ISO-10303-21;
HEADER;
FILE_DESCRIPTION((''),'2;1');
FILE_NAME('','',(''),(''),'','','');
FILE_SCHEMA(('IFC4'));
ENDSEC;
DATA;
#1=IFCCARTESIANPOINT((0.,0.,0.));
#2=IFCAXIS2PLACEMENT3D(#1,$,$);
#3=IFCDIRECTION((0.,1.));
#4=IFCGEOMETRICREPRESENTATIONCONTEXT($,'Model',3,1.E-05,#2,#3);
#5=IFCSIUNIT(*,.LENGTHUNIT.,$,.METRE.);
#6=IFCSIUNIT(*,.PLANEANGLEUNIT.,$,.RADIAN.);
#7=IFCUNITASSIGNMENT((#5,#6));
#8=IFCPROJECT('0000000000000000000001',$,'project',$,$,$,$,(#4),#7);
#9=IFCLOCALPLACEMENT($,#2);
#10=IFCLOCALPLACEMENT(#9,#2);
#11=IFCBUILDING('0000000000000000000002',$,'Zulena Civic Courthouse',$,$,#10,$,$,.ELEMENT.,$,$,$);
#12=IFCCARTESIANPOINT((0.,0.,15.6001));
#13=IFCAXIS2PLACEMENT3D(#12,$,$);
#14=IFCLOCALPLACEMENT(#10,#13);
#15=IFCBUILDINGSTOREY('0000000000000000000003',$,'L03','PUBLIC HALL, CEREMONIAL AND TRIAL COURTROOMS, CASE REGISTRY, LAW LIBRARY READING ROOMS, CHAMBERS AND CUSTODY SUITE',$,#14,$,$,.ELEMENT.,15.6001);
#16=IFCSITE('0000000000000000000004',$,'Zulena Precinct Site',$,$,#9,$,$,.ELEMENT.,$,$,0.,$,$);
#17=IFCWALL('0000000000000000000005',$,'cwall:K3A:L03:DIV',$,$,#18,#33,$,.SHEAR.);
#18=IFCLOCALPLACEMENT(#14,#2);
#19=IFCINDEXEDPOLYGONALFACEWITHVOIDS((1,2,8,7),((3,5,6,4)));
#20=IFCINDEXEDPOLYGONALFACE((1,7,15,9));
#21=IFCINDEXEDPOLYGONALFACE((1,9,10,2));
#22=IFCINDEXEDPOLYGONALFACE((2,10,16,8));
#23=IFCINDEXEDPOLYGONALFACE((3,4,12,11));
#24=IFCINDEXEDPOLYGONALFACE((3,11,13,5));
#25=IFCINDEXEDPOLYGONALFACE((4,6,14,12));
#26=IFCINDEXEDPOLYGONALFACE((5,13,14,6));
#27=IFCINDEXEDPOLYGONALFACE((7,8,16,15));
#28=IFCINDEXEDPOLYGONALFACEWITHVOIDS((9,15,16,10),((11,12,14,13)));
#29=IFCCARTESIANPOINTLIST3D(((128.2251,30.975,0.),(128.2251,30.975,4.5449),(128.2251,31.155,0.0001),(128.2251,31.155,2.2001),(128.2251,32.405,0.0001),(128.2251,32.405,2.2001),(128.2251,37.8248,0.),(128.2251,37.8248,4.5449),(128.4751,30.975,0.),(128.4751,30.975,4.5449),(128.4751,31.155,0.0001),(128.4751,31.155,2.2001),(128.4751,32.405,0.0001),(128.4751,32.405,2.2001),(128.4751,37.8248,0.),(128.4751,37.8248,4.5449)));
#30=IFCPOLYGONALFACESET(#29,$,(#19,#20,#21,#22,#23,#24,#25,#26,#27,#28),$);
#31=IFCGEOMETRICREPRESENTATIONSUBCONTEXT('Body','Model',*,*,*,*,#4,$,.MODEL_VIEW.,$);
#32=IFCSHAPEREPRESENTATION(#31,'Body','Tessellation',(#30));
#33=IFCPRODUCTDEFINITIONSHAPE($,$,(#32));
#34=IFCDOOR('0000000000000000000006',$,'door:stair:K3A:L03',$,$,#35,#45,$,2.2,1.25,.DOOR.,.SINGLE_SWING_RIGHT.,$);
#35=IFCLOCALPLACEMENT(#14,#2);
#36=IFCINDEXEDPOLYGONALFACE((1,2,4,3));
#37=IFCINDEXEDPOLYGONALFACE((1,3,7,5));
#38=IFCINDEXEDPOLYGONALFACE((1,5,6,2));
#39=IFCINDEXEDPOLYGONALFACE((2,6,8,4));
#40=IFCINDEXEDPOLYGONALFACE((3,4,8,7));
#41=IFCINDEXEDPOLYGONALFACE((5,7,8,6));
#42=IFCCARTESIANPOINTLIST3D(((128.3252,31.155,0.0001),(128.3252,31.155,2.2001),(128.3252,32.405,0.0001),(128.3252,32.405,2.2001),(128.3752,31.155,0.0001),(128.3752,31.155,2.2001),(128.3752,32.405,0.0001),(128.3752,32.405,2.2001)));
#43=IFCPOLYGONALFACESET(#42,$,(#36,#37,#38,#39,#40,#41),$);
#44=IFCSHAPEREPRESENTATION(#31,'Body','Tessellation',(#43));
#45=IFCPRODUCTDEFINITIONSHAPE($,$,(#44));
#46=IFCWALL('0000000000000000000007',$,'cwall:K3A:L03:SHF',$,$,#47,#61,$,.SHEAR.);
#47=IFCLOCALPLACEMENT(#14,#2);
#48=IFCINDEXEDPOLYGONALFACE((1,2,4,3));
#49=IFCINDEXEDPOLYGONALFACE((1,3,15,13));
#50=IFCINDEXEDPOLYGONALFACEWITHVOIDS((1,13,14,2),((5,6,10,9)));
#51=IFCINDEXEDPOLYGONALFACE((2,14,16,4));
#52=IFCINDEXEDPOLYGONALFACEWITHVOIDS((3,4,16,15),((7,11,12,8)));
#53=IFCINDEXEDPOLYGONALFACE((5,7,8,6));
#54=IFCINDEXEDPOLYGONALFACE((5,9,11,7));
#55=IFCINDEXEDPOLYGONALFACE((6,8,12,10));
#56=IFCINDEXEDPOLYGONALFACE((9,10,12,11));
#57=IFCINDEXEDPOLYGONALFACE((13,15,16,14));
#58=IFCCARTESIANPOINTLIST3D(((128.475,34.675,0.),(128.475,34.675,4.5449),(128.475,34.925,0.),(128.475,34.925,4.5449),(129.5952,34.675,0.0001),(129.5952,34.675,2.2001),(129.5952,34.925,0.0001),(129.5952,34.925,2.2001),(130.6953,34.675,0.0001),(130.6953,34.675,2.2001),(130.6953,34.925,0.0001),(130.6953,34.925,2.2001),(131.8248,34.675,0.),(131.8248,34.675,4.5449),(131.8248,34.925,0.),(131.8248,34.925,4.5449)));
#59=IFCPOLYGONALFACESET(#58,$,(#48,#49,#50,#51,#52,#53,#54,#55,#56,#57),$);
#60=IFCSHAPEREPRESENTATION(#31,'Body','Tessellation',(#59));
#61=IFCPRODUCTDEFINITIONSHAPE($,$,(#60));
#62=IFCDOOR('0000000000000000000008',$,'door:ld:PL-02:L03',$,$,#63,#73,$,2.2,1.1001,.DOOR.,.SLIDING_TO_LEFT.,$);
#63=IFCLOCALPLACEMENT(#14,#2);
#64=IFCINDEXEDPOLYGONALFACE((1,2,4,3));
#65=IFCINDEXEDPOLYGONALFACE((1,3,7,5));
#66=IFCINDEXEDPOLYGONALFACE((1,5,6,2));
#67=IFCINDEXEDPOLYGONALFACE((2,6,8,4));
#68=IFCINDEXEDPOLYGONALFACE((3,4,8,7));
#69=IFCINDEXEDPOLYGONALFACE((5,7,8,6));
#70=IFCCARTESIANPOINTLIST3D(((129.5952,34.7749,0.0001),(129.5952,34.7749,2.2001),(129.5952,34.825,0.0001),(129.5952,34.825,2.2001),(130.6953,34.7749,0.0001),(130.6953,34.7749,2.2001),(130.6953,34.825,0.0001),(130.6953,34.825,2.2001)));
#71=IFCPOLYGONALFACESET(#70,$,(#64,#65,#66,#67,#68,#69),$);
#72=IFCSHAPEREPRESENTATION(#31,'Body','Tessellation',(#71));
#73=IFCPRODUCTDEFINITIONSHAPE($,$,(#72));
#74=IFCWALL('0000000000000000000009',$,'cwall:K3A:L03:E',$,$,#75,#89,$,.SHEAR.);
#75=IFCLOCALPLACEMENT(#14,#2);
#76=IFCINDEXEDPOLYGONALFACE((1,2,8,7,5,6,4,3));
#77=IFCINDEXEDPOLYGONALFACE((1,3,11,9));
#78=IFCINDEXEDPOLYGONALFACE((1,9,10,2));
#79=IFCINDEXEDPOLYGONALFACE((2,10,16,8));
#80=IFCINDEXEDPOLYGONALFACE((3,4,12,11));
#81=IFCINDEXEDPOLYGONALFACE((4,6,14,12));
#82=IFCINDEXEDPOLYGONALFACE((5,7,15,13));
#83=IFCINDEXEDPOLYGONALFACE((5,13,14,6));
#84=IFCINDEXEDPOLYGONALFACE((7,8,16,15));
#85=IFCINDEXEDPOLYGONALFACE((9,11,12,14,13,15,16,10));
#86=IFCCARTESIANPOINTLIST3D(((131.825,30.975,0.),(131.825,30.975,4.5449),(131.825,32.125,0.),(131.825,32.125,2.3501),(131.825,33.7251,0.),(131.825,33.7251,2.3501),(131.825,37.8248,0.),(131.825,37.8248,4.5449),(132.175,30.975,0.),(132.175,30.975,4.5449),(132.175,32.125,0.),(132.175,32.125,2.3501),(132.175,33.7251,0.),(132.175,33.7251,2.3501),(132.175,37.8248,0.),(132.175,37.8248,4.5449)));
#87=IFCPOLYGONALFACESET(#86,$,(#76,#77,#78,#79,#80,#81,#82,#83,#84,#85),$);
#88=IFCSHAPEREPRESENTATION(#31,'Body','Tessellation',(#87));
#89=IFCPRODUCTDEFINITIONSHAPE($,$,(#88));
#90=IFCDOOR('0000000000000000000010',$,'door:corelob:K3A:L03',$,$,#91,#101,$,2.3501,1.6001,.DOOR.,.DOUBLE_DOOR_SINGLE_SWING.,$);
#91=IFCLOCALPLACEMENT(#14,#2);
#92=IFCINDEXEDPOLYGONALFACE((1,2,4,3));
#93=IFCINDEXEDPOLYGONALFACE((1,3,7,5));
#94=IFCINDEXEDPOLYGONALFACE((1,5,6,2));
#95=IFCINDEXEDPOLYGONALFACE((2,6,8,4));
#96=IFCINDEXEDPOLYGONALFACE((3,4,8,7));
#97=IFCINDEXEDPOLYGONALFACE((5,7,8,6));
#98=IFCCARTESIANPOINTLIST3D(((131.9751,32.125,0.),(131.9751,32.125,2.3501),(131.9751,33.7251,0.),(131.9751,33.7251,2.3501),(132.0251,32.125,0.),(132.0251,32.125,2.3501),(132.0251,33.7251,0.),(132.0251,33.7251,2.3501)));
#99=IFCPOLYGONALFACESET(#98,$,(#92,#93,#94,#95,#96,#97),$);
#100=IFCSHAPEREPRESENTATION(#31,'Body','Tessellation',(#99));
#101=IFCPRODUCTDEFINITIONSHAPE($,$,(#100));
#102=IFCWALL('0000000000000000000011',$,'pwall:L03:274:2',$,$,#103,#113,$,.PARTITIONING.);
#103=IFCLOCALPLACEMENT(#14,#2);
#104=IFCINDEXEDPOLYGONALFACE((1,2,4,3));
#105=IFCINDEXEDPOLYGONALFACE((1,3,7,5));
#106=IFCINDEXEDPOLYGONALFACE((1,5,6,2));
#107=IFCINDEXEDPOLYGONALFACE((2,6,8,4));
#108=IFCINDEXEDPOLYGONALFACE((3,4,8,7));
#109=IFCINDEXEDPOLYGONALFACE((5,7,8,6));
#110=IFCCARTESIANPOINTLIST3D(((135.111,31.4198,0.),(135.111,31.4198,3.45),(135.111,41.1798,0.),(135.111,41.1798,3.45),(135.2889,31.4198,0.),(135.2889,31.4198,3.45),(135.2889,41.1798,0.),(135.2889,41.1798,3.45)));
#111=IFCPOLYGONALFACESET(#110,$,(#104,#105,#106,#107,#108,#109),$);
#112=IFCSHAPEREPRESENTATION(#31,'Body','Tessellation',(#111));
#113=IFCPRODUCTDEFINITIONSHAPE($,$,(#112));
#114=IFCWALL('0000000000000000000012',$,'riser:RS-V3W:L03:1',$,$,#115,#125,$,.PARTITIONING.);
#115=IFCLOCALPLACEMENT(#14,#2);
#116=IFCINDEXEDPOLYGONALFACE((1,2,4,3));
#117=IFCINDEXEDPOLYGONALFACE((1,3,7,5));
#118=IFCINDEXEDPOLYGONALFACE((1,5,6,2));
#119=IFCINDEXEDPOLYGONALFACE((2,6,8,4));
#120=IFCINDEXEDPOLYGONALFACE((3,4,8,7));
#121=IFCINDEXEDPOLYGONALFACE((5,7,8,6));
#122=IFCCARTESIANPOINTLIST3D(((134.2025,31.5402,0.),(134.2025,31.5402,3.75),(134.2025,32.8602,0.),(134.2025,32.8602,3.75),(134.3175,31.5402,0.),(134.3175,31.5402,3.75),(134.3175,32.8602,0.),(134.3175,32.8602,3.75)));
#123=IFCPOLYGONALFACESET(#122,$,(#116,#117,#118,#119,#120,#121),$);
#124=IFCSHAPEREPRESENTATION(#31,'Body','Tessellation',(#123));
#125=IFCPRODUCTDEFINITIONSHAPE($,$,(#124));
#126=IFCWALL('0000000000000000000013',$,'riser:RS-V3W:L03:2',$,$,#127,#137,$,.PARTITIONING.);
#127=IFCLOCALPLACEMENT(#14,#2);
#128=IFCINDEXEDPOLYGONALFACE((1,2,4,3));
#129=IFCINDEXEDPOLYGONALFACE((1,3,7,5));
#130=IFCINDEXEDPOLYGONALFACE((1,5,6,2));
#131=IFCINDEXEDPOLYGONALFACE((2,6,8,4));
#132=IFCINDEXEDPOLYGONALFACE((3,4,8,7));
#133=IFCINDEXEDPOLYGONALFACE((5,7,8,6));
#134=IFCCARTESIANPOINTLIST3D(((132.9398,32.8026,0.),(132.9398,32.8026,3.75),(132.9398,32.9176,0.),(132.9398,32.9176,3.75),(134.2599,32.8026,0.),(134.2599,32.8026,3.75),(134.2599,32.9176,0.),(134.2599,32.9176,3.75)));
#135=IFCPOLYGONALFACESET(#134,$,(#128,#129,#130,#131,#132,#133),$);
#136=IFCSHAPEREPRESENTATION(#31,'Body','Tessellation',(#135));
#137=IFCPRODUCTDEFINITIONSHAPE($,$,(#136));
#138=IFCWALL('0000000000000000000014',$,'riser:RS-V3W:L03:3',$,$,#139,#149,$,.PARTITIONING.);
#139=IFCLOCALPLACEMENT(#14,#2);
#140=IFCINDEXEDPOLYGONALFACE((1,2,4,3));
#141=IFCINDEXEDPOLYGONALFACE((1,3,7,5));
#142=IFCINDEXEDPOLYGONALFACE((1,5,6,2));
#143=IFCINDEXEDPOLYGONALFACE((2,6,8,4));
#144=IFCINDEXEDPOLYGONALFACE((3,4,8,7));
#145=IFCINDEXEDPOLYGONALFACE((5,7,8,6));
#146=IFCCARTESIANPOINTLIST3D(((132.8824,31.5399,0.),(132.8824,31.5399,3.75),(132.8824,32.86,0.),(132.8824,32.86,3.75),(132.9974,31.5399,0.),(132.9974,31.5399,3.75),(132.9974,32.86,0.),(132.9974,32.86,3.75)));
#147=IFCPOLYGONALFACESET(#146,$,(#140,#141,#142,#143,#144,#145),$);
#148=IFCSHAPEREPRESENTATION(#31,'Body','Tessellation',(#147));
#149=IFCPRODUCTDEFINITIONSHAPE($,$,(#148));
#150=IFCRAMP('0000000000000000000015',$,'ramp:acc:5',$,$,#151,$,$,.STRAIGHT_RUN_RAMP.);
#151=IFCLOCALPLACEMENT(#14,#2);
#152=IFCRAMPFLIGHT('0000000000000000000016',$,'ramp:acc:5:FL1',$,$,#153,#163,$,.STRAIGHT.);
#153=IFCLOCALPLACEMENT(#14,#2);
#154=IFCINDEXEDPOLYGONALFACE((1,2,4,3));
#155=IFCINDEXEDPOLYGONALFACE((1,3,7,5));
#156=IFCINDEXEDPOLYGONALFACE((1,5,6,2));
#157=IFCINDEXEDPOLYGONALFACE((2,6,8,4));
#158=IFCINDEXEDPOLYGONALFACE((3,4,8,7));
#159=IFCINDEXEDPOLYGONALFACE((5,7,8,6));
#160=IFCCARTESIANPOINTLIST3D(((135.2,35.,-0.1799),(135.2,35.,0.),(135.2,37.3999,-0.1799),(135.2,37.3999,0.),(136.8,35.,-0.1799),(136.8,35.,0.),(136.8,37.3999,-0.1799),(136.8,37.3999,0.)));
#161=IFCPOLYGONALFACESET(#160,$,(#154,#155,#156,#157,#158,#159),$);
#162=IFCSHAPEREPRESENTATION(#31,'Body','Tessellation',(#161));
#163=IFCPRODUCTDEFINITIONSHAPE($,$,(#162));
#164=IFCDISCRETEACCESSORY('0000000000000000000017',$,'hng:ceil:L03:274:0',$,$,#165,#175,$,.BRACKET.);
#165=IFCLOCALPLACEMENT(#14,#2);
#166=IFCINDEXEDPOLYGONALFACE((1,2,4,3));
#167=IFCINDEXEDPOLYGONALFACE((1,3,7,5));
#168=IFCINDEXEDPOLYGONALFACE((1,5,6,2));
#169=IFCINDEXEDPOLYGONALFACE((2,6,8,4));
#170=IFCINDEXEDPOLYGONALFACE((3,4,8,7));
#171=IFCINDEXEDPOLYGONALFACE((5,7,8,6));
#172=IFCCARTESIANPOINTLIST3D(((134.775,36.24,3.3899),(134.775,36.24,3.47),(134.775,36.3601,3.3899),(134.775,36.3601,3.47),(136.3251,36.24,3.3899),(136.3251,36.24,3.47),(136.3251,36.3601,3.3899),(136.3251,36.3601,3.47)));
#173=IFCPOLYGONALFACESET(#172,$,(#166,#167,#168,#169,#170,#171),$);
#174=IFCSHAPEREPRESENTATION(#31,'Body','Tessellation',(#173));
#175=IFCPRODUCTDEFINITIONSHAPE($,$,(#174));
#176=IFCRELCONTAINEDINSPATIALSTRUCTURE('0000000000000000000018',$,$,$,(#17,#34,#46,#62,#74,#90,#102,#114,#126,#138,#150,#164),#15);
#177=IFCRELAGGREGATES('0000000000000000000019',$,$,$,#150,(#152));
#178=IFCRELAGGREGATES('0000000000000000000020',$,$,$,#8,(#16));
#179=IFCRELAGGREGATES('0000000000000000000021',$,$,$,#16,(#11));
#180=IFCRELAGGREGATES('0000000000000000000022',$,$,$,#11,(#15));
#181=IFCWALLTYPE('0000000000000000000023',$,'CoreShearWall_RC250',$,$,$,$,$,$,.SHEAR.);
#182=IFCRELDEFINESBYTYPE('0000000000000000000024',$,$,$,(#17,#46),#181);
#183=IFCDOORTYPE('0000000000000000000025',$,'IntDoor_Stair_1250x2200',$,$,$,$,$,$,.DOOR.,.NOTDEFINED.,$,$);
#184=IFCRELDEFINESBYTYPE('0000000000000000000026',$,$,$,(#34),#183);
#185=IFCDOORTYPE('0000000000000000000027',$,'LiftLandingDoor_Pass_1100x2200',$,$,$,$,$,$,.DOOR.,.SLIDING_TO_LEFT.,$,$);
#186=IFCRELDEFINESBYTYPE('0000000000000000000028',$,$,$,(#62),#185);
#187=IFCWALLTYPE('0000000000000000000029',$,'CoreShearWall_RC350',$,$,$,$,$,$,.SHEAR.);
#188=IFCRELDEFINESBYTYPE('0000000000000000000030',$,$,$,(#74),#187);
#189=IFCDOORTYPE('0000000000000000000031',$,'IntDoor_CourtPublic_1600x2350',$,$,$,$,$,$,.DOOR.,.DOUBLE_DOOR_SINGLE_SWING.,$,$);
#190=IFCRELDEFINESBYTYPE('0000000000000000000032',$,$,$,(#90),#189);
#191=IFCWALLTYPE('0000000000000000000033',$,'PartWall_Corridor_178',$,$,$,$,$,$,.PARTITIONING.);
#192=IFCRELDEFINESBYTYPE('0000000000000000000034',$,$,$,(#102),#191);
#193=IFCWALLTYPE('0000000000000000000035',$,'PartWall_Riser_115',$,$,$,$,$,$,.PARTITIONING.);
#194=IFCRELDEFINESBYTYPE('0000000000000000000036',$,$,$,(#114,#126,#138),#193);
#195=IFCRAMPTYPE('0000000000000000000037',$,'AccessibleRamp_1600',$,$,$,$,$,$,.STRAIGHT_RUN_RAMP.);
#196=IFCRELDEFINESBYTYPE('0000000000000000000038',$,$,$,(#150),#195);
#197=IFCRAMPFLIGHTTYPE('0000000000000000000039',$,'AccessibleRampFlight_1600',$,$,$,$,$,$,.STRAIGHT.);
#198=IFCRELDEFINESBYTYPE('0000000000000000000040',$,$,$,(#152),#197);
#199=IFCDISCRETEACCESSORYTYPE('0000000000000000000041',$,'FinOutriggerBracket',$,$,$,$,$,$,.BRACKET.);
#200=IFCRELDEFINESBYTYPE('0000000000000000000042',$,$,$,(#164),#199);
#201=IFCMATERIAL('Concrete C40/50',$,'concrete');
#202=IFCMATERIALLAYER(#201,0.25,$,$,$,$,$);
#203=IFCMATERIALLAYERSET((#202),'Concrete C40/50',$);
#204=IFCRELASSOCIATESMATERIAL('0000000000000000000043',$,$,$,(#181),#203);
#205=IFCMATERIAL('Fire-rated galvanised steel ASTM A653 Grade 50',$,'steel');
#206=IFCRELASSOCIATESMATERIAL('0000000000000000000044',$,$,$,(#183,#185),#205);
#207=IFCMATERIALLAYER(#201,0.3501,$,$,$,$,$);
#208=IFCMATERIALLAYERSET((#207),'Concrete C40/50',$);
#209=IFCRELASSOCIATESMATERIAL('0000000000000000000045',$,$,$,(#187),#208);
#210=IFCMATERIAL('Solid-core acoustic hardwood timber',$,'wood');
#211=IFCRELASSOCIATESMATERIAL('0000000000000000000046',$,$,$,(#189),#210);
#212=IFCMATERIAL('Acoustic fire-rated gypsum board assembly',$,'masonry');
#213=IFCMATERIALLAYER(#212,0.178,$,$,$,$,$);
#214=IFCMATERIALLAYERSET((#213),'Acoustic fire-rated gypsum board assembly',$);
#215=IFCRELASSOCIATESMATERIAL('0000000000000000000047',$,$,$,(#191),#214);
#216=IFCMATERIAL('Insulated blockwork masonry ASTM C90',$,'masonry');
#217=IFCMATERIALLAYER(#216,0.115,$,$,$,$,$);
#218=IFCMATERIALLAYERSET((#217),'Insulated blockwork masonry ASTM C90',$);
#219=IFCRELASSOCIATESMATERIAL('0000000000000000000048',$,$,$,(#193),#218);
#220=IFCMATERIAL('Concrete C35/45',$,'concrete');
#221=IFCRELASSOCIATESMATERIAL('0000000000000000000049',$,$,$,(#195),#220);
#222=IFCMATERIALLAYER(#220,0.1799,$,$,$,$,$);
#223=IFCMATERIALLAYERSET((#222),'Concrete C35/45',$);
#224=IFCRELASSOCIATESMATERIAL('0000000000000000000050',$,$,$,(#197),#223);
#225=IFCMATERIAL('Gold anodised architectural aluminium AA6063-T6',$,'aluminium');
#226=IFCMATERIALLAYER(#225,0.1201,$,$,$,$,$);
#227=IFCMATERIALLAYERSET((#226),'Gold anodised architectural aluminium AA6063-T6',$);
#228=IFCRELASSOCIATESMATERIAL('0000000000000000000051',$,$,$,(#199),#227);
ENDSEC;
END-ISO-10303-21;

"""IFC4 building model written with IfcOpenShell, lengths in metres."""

from ifc_helpers import new_model, si_unit, direction, frame, frame_2d, origin, origin_2d, place, context, subcontext, project, spatial, polyline, rectangle, outline, extrude, material, layer, layer_set, type_object, element, fill, aggregate, save


model = new_model("IFC4")

# Units and contexts
model_context = context("Model", 3, precision=1e-05, world=origin(), true_north=direction((0.0, 1.0)))
body_context = subcontext(model_context, "Body", "Model", "MODEL_VIEW")
ifc_project = project(units=[si_unit("LENGTHUNIT", "METRE"), si_unit("PLANEANGLEUNIT", "RADIAN")], contexts=[model_context])

# Site, building, storey
site_placement = place(None, origin())
site = spatial("IfcSite", under=ifc_project, at=site_placement, Name="Zulena Precinct Site", CompositionType="ELEMENT", RefElevation=0.0)
building_placement = place(site_placement, origin())
building = spatial("IfcBuilding", under=site, at=building_placement, Name="Zulena Civic Courthouse", CompositionType="ELEMENT")
storey_placement = place(building_placement, frame((0.0, 0.0, 15.6001)))
storey = spatial("IfcBuildingStorey", under=building, at=storey_placement, Name="L03", Description="PUBLIC HALL, CEREMONIAL AND TRIAL COURTROOMS, CASE REGISTRY, LAW LIBRARY READING ROOMS, CHAMBERS AND CUSTODY SUITE", CompositionType="ELEMENT", Elevation=15.6001)

# Walls, openings, doors
ifc_material_1 = material(Name="Concrete C40/50", Category="concrete")
ifc_layer_1 = layer(ifc_material_1, 0.25)
ifc_layer_set_1 = layer_set([ifc_layer_1], Name="Concrete C40/50")
wall_type_1 = type_object("IfcWallType", Name="CoreShearWall_RC250", PredefinedType="SHEAR", material=ifc_layer_set_1)
wall_1_placement = place(storey_placement, frame((128.3501, 30.9751, 0.0), z_axis=(0.0, 0.0, 1.0), x_axis=(0.0, 1.0, 0.0)))
wall_1 = element("IfcWall", 1, at=wall_1_placement, inside=storey, type_object=wall_type_1, Name="cwall:K3A:L03:DIV", PredefinedType="SHEAR", context=body_context, shape_type="SweptSolid", body=[
    extrude(rectangle(XDim=6.8499, YDim=0.25, at=frame_2d((3.4248, 0.0))), origin(), (0.0, 0.0, 1.0), 4.5449),
])
opening_1_placement = place(wall_1_placement, frame((0.1799, 0.0, 0.0)))
opening_1 = element("IfcOpeningElement", 2, at=opening_1_placement, cuts=wall_1, PredefinedType="OPENING", context=body_context, shape_type="SweptSolid", body=[
    extrude(rectangle(XDim=1.25, YDim=2.2, at=frame_2d((0.625, 1.1001))), frame((0.0, 0.135, 0.0), z_axis=(0.0, -1.0, 0.0), x_axis=(1.0, 0.0, 0.0)), (0.0, 0.0, 1.0), 0.27),
])
ifc_material_2 = material(Name="Fire-rated galvanised steel ASTM A653 Grade 50", Category="steel")
door_type_1 = type_object("IfcDoorType", Name="IntDoor_Stair_1250x2200", OperationType="NOTDEFINED", PredefinedType="DOOR", material=ifc_material_2)
door_1_placement = place(opening_1_placement, origin())
door_1 = element("IfcDoor", 3, at=door_1_placement, inside=storey, type_object=door_type_1, Name="door:stair:K3A:L03", OperationType="SINGLE_SWING_RIGHT", OverallHeight=2.2, OverallWidth=1.25, PredefinedType="DOOR", context=body_context, shape_type="SweptSolid", body=[
    extrude(rectangle(XDim=1.25, YDim=2.2, at=frame_2d((0.625, 1.1001))), frame((0.0, 0.0249, 0.0), z_axis=(0.0, -1.0, 0.0), x_axis=(1.0, 0.0, 0.0)), (0.0, 0.0, 1.0), 0.05),
])
fill(opening_1, door_1)
wall_2_placement = place(storey_placement, frame((128.4751, 34.8, 0.0), z_axis=(0.0, 0.0, 1.0), x_axis=(1.0, 0.0, 0.0)))
wall_2 = element("IfcWall", 4, at=wall_2_placement, inside=storey, type_object=wall_type_1, Name="cwall:K3A:L03:SHF", PredefinedType="SHEAR", context=body_context, shape_type="SweptSolid", body=[
    extrude(rectangle(XDim=3.3499, YDim=0.25, at=frame_2d((1.6748, 0.0))), origin(), (0.0, 0.0, 1.0), 4.5449),
])
opening_2_placement = place(wall_2_placement, frame((1.1201, 0.0, 0.0)))
opening_2 = element("IfcOpeningElement", 5, at=opening_2_placement, cuts=wall_2, PredefinedType="OPENING", context=body_context, shape_type="SweptSolid", body=[
    extrude(rectangle(XDim=1.1001, YDim=2.2, at=frame_2d((0.55, 1.1001))), frame((0.0, 0.135, 0.0), z_axis=(0.0, -1.0, 0.0), x_axis=(1.0, 0.0, 0.0)), (0.0, 0.0, 1.0), 0.27),
])
door_type_2 = type_object("IfcDoorType", Name="LiftLandingDoor_Pass_1100x2200", OperationType="SLIDING_TO_LEFT", PredefinedType="DOOR", material=ifc_material_2)
door_2_placement = place(opening_2_placement, origin())
door_2 = element("IfcDoor", 6, at=door_2_placement, inside=storey, type_object=door_type_2, Name="door:ld:PL-02:L03", OperationType="SLIDING_TO_LEFT", OverallHeight=2.2, OverallWidth=1.1001, PredefinedType="DOOR", context=body_context, shape_type="SweptSolid", body=[
    extrude(rectangle(XDim=1.1001, YDim=2.2, at=frame_2d((0.55, 1.1001))), frame((0.0, 0.0249, 0.0), z_axis=(0.0, -1.0, 0.0), x_axis=(1.0, 0.0, 0.0)), (0.0, 0.0, 1.0), 0.05),
])
fill(opening_2, door_2)
ifc_layer_2 = layer(ifc_material_1, 0.3501)
ifc_layer_set_2 = layer_set([ifc_layer_2], Name="Concrete C40/50")
wall_type_2 = type_object("IfcWallType", Name="CoreShearWall_RC350", PredefinedType="SHEAR", material=ifc_layer_set_2)
wall_3_placement = place(storey_placement, frame((132.0, 30.9751, 0.0), z_axis=(0.0, 0.0, 1.0), x_axis=(0.0, 1.0, 0.0)))
wall_3 = element("IfcWall", 7, at=wall_3_placement, inside=storey, type_object=wall_type_2, Name="cwall:K3A:L03:E", PredefinedType="SHEAR", context=body_context, shape_type="SweptSolid", body=[
    extrude(rectangle(XDim=6.8499, YDim=0.3501, at=frame_2d((3.4248, 0.0))), origin(), (0.0, 0.0, 1.0), 4.5449),
])
opening_3_placement = place(wall_3_placement, frame((1.1499, 0.0, 0.0)))
opening_3 = element("IfcOpeningElement", 8, at=opening_3_placement, cuts=wall_3, PredefinedType="OPENING", context=body_context, shape_type="SweptSolid", body=[
    extrude(rectangle(XDim=1.6001, YDim=2.3501, at=frame_2d((0.8, 1.175))), frame((0.0, 0.1851, 0.0), z_axis=(0.0, -1.0, 0.0), x_axis=(1.0, 0.0, 0.0)), (0.0, 0.0, 1.0), 0.3701),
])
ifc_material_3 = material(Name="Solid-core acoustic hardwood timber", Category="wood")
door_type_3 = type_object("IfcDoorType", Name="IntDoor_CourtPublic_1600x2350", OperationType="DOUBLE_DOOR_SINGLE_SWING", PredefinedType="DOOR", material=ifc_material_3)
door_3_placement = place(opening_3_placement, origin())
door_3 = element("IfcDoor", 9, at=door_3_placement, inside=storey, type_object=door_type_3, Name="door:corelob:K3A:L03", OperationType="DOUBLE_DOOR_SINGLE_SWING", OverallHeight=2.3501, OverallWidth=1.6001, PredefinedType="DOOR", context=body_context, shape_type="SweptSolid", body=[
    extrude(rectangle(XDim=1.6001, YDim=2.3501, at=frame_2d((0.8, 1.175))), frame((0.0, 0.0249, 0.0), z_axis=(0.0, -1.0, 0.0), x_axis=(1.0, 0.0, 0.0)), (0.0, 0.0, 1.0), 0.05),
])
fill(opening_3, door_3)

# Walls
ifc_material_4 = material(Name="Acoustic fire-rated gypsum board assembly", Category="masonry")
ifc_layer_3 = layer(ifc_material_4, 0.178)
ifc_layer_set_3 = layer_set([ifc_layer_3], Name="Acoustic fire-rated gypsum board assembly")
wall_type_3 = type_object("IfcWallType", Name="PartWall_Corridor_178", PredefinedType="PARTITIONING", material=ifc_layer_set_3)
wall_4_placement = place(storey_placement, frame((135.2, 31.4199, 0.0), z_axis=(0.0, 0.0, 1.0), x_axis=(0.0, 1.0, 0.0)))
element("IfcWall", 10, at=wall_4_placement, inside=storey, type_object=wall_type_3, Name="pwall:L03:274:2", PredefinedType="PARTITIONING", context=body_context, shape_type="SweptSolid", body=[
    extrude(rectangle(XDim=9.76, YDim=0.178, at=frame_2d((4.8799, 0.0))), origin(), (0.0, 0.0, 1.0), 3.45),
])
ifc_material_5 = material(Name="Insulated blockwork masonry ASTM C90", Category="masonry")
ifc_layer_4 = layer(ifc_material_5, 0.115)
ifc_layer_set_4 = layer_set([ifc_layer_4], Name="Insulated blockwork masonry ASTM C90")
wall_type_4 = type_object("IfcWallType", Name="PartWall_Riser_115", PredefinedType="PARTITIONING", material=ifc_layer_set_4)
for number, where, z_axis, x_axis, name in (
    (11, (134.26, 31.54, 0.0), (0.0, 0.0, 1.0), (0.0, 1.0, 0.0), "riser:RS-V3W:L03:1"),
    (12, (134.26, 32.8601, 0.0), (0.0, 0.0, 1.0), (-1.0, 0.0, 0.0), "riser:RS-V3W:L03:2"),
    (13, (132.9399, 32.8601, 0.0), (0.0, 0.0, 1.0), (0.0, -1.0, 0.0), "riser:RS-V3W:L03:3"),
):
    element("IfcWall", number, at=place(storey_placement, frame(where, z_axis=z_axis, x_axis=x_axis)), inside=storey, type_object=wall_type_4, Name=name, PredefinedType="PARTITIONING", context=body_context, shape_type="SweptSolid", body=[
        extrude(rectangle(XDim=1.3201, YDim=0.115, at=frame_2d((0.6602, 0.0))), origin(), (0.0, 0.0, 1.0), 3.75),
    ])

# Ramp, ramp flight
ifc_material_6 = material(Name="Concrete C35/45", Category="concrete")
ramp_type = type_object("IfcRampType", Name="AccessibleRamp_1600", PredefinedType="STRAIGHT_RUN_RAMP", material=ifc_material_6)
ramp_placement = place(storey_placement, origin())
ramp = element("IfcRamp", 14, at=ramp_placement, inside=storey, type_object=ramp_type, Name="ramp:acc:5", PredefinedType="STRAIGHT_RUN_RAMP")
ifc_layer_5 = layer(ifc_material_6, 0.1799)
ifc_layer_set_5 = layer_set([ifc_layer_5], Name="Concrete C35/45")
ramp_flight_type = type_object("IfcRampFlightType", Name="AccessibleRampFlight_1600", PredefinedType="STRAIGHT", material=ifc_layer_set_5)
ramp_flight_placement = place(storey_placement, frame((136.0, 35.0, 0.0), z_axis=(0.0, 0.0, 1.0), x_axis=(0.0, 1.0, 0.0)))
ramp_flight = element("IfcRampFlight", 15, at=ramp_flight_placement, type_object=ramp_flight_type, Name="ramp:acc:5:FL1", PredefinedType="STRAIGHT", context=body_context, shape_type="SweptSolid", body=[
    extrude(outline(polyline([(0.0, 0.0), (2.3999, 0.0), (2.3999, -0.1799), (0.0, -0.1799), (0.0, 0.0)])), frame((0.0, 0.8, 0.0), z_axis=(0.0, -1.0, 0.0), x_axis=(1.0, 0.0, 0.0)), (0.0, 0.0, 1.0), 1.6001),
])
aggregate(ramp, [ramp_flight])

# Discrete accessory
ifc_material_7 = material(Name="Gold anodised architectural aluminium AA6063-T6", Category="aluminium")
ifc_layer_6 = layer(ifc_material_7, 0.1201)
ifc_layer_set_6 = layer_set([ifc_layer_6], Name="Gold anodised architectural aluminium AA6063-T6")
discrete_accessory_type = type_object("IfcDiscreteAccessoryType", Name="FinOutriggerBracket", PredefinedType="BRACKET", material=ifc_layer_set_6)
discrete_accessory_placement = place(storey_placement, frame((135.55, 36.3, 3.3899), z_axis=(0.0, 0.0, 1.0), x_axis=(1.0, 0.0, 0.0)))
element("IfcDiscreteAccessory", 16, at=discrete_accessory_placement, inside=storey, type_object=discrete_accessory_type, Name="hng:ceil:L03:274:0", PredefinedType="BRACKET", context=body_context, shape_type="SweptSolid", body=[
    extrude(rectangle(XDim=1.55, YDim=0.1201, at=origin_2d()), origin(), (0.0, 0.0, 1.0), 0.0801),
])

save(model, "model.ifc")
